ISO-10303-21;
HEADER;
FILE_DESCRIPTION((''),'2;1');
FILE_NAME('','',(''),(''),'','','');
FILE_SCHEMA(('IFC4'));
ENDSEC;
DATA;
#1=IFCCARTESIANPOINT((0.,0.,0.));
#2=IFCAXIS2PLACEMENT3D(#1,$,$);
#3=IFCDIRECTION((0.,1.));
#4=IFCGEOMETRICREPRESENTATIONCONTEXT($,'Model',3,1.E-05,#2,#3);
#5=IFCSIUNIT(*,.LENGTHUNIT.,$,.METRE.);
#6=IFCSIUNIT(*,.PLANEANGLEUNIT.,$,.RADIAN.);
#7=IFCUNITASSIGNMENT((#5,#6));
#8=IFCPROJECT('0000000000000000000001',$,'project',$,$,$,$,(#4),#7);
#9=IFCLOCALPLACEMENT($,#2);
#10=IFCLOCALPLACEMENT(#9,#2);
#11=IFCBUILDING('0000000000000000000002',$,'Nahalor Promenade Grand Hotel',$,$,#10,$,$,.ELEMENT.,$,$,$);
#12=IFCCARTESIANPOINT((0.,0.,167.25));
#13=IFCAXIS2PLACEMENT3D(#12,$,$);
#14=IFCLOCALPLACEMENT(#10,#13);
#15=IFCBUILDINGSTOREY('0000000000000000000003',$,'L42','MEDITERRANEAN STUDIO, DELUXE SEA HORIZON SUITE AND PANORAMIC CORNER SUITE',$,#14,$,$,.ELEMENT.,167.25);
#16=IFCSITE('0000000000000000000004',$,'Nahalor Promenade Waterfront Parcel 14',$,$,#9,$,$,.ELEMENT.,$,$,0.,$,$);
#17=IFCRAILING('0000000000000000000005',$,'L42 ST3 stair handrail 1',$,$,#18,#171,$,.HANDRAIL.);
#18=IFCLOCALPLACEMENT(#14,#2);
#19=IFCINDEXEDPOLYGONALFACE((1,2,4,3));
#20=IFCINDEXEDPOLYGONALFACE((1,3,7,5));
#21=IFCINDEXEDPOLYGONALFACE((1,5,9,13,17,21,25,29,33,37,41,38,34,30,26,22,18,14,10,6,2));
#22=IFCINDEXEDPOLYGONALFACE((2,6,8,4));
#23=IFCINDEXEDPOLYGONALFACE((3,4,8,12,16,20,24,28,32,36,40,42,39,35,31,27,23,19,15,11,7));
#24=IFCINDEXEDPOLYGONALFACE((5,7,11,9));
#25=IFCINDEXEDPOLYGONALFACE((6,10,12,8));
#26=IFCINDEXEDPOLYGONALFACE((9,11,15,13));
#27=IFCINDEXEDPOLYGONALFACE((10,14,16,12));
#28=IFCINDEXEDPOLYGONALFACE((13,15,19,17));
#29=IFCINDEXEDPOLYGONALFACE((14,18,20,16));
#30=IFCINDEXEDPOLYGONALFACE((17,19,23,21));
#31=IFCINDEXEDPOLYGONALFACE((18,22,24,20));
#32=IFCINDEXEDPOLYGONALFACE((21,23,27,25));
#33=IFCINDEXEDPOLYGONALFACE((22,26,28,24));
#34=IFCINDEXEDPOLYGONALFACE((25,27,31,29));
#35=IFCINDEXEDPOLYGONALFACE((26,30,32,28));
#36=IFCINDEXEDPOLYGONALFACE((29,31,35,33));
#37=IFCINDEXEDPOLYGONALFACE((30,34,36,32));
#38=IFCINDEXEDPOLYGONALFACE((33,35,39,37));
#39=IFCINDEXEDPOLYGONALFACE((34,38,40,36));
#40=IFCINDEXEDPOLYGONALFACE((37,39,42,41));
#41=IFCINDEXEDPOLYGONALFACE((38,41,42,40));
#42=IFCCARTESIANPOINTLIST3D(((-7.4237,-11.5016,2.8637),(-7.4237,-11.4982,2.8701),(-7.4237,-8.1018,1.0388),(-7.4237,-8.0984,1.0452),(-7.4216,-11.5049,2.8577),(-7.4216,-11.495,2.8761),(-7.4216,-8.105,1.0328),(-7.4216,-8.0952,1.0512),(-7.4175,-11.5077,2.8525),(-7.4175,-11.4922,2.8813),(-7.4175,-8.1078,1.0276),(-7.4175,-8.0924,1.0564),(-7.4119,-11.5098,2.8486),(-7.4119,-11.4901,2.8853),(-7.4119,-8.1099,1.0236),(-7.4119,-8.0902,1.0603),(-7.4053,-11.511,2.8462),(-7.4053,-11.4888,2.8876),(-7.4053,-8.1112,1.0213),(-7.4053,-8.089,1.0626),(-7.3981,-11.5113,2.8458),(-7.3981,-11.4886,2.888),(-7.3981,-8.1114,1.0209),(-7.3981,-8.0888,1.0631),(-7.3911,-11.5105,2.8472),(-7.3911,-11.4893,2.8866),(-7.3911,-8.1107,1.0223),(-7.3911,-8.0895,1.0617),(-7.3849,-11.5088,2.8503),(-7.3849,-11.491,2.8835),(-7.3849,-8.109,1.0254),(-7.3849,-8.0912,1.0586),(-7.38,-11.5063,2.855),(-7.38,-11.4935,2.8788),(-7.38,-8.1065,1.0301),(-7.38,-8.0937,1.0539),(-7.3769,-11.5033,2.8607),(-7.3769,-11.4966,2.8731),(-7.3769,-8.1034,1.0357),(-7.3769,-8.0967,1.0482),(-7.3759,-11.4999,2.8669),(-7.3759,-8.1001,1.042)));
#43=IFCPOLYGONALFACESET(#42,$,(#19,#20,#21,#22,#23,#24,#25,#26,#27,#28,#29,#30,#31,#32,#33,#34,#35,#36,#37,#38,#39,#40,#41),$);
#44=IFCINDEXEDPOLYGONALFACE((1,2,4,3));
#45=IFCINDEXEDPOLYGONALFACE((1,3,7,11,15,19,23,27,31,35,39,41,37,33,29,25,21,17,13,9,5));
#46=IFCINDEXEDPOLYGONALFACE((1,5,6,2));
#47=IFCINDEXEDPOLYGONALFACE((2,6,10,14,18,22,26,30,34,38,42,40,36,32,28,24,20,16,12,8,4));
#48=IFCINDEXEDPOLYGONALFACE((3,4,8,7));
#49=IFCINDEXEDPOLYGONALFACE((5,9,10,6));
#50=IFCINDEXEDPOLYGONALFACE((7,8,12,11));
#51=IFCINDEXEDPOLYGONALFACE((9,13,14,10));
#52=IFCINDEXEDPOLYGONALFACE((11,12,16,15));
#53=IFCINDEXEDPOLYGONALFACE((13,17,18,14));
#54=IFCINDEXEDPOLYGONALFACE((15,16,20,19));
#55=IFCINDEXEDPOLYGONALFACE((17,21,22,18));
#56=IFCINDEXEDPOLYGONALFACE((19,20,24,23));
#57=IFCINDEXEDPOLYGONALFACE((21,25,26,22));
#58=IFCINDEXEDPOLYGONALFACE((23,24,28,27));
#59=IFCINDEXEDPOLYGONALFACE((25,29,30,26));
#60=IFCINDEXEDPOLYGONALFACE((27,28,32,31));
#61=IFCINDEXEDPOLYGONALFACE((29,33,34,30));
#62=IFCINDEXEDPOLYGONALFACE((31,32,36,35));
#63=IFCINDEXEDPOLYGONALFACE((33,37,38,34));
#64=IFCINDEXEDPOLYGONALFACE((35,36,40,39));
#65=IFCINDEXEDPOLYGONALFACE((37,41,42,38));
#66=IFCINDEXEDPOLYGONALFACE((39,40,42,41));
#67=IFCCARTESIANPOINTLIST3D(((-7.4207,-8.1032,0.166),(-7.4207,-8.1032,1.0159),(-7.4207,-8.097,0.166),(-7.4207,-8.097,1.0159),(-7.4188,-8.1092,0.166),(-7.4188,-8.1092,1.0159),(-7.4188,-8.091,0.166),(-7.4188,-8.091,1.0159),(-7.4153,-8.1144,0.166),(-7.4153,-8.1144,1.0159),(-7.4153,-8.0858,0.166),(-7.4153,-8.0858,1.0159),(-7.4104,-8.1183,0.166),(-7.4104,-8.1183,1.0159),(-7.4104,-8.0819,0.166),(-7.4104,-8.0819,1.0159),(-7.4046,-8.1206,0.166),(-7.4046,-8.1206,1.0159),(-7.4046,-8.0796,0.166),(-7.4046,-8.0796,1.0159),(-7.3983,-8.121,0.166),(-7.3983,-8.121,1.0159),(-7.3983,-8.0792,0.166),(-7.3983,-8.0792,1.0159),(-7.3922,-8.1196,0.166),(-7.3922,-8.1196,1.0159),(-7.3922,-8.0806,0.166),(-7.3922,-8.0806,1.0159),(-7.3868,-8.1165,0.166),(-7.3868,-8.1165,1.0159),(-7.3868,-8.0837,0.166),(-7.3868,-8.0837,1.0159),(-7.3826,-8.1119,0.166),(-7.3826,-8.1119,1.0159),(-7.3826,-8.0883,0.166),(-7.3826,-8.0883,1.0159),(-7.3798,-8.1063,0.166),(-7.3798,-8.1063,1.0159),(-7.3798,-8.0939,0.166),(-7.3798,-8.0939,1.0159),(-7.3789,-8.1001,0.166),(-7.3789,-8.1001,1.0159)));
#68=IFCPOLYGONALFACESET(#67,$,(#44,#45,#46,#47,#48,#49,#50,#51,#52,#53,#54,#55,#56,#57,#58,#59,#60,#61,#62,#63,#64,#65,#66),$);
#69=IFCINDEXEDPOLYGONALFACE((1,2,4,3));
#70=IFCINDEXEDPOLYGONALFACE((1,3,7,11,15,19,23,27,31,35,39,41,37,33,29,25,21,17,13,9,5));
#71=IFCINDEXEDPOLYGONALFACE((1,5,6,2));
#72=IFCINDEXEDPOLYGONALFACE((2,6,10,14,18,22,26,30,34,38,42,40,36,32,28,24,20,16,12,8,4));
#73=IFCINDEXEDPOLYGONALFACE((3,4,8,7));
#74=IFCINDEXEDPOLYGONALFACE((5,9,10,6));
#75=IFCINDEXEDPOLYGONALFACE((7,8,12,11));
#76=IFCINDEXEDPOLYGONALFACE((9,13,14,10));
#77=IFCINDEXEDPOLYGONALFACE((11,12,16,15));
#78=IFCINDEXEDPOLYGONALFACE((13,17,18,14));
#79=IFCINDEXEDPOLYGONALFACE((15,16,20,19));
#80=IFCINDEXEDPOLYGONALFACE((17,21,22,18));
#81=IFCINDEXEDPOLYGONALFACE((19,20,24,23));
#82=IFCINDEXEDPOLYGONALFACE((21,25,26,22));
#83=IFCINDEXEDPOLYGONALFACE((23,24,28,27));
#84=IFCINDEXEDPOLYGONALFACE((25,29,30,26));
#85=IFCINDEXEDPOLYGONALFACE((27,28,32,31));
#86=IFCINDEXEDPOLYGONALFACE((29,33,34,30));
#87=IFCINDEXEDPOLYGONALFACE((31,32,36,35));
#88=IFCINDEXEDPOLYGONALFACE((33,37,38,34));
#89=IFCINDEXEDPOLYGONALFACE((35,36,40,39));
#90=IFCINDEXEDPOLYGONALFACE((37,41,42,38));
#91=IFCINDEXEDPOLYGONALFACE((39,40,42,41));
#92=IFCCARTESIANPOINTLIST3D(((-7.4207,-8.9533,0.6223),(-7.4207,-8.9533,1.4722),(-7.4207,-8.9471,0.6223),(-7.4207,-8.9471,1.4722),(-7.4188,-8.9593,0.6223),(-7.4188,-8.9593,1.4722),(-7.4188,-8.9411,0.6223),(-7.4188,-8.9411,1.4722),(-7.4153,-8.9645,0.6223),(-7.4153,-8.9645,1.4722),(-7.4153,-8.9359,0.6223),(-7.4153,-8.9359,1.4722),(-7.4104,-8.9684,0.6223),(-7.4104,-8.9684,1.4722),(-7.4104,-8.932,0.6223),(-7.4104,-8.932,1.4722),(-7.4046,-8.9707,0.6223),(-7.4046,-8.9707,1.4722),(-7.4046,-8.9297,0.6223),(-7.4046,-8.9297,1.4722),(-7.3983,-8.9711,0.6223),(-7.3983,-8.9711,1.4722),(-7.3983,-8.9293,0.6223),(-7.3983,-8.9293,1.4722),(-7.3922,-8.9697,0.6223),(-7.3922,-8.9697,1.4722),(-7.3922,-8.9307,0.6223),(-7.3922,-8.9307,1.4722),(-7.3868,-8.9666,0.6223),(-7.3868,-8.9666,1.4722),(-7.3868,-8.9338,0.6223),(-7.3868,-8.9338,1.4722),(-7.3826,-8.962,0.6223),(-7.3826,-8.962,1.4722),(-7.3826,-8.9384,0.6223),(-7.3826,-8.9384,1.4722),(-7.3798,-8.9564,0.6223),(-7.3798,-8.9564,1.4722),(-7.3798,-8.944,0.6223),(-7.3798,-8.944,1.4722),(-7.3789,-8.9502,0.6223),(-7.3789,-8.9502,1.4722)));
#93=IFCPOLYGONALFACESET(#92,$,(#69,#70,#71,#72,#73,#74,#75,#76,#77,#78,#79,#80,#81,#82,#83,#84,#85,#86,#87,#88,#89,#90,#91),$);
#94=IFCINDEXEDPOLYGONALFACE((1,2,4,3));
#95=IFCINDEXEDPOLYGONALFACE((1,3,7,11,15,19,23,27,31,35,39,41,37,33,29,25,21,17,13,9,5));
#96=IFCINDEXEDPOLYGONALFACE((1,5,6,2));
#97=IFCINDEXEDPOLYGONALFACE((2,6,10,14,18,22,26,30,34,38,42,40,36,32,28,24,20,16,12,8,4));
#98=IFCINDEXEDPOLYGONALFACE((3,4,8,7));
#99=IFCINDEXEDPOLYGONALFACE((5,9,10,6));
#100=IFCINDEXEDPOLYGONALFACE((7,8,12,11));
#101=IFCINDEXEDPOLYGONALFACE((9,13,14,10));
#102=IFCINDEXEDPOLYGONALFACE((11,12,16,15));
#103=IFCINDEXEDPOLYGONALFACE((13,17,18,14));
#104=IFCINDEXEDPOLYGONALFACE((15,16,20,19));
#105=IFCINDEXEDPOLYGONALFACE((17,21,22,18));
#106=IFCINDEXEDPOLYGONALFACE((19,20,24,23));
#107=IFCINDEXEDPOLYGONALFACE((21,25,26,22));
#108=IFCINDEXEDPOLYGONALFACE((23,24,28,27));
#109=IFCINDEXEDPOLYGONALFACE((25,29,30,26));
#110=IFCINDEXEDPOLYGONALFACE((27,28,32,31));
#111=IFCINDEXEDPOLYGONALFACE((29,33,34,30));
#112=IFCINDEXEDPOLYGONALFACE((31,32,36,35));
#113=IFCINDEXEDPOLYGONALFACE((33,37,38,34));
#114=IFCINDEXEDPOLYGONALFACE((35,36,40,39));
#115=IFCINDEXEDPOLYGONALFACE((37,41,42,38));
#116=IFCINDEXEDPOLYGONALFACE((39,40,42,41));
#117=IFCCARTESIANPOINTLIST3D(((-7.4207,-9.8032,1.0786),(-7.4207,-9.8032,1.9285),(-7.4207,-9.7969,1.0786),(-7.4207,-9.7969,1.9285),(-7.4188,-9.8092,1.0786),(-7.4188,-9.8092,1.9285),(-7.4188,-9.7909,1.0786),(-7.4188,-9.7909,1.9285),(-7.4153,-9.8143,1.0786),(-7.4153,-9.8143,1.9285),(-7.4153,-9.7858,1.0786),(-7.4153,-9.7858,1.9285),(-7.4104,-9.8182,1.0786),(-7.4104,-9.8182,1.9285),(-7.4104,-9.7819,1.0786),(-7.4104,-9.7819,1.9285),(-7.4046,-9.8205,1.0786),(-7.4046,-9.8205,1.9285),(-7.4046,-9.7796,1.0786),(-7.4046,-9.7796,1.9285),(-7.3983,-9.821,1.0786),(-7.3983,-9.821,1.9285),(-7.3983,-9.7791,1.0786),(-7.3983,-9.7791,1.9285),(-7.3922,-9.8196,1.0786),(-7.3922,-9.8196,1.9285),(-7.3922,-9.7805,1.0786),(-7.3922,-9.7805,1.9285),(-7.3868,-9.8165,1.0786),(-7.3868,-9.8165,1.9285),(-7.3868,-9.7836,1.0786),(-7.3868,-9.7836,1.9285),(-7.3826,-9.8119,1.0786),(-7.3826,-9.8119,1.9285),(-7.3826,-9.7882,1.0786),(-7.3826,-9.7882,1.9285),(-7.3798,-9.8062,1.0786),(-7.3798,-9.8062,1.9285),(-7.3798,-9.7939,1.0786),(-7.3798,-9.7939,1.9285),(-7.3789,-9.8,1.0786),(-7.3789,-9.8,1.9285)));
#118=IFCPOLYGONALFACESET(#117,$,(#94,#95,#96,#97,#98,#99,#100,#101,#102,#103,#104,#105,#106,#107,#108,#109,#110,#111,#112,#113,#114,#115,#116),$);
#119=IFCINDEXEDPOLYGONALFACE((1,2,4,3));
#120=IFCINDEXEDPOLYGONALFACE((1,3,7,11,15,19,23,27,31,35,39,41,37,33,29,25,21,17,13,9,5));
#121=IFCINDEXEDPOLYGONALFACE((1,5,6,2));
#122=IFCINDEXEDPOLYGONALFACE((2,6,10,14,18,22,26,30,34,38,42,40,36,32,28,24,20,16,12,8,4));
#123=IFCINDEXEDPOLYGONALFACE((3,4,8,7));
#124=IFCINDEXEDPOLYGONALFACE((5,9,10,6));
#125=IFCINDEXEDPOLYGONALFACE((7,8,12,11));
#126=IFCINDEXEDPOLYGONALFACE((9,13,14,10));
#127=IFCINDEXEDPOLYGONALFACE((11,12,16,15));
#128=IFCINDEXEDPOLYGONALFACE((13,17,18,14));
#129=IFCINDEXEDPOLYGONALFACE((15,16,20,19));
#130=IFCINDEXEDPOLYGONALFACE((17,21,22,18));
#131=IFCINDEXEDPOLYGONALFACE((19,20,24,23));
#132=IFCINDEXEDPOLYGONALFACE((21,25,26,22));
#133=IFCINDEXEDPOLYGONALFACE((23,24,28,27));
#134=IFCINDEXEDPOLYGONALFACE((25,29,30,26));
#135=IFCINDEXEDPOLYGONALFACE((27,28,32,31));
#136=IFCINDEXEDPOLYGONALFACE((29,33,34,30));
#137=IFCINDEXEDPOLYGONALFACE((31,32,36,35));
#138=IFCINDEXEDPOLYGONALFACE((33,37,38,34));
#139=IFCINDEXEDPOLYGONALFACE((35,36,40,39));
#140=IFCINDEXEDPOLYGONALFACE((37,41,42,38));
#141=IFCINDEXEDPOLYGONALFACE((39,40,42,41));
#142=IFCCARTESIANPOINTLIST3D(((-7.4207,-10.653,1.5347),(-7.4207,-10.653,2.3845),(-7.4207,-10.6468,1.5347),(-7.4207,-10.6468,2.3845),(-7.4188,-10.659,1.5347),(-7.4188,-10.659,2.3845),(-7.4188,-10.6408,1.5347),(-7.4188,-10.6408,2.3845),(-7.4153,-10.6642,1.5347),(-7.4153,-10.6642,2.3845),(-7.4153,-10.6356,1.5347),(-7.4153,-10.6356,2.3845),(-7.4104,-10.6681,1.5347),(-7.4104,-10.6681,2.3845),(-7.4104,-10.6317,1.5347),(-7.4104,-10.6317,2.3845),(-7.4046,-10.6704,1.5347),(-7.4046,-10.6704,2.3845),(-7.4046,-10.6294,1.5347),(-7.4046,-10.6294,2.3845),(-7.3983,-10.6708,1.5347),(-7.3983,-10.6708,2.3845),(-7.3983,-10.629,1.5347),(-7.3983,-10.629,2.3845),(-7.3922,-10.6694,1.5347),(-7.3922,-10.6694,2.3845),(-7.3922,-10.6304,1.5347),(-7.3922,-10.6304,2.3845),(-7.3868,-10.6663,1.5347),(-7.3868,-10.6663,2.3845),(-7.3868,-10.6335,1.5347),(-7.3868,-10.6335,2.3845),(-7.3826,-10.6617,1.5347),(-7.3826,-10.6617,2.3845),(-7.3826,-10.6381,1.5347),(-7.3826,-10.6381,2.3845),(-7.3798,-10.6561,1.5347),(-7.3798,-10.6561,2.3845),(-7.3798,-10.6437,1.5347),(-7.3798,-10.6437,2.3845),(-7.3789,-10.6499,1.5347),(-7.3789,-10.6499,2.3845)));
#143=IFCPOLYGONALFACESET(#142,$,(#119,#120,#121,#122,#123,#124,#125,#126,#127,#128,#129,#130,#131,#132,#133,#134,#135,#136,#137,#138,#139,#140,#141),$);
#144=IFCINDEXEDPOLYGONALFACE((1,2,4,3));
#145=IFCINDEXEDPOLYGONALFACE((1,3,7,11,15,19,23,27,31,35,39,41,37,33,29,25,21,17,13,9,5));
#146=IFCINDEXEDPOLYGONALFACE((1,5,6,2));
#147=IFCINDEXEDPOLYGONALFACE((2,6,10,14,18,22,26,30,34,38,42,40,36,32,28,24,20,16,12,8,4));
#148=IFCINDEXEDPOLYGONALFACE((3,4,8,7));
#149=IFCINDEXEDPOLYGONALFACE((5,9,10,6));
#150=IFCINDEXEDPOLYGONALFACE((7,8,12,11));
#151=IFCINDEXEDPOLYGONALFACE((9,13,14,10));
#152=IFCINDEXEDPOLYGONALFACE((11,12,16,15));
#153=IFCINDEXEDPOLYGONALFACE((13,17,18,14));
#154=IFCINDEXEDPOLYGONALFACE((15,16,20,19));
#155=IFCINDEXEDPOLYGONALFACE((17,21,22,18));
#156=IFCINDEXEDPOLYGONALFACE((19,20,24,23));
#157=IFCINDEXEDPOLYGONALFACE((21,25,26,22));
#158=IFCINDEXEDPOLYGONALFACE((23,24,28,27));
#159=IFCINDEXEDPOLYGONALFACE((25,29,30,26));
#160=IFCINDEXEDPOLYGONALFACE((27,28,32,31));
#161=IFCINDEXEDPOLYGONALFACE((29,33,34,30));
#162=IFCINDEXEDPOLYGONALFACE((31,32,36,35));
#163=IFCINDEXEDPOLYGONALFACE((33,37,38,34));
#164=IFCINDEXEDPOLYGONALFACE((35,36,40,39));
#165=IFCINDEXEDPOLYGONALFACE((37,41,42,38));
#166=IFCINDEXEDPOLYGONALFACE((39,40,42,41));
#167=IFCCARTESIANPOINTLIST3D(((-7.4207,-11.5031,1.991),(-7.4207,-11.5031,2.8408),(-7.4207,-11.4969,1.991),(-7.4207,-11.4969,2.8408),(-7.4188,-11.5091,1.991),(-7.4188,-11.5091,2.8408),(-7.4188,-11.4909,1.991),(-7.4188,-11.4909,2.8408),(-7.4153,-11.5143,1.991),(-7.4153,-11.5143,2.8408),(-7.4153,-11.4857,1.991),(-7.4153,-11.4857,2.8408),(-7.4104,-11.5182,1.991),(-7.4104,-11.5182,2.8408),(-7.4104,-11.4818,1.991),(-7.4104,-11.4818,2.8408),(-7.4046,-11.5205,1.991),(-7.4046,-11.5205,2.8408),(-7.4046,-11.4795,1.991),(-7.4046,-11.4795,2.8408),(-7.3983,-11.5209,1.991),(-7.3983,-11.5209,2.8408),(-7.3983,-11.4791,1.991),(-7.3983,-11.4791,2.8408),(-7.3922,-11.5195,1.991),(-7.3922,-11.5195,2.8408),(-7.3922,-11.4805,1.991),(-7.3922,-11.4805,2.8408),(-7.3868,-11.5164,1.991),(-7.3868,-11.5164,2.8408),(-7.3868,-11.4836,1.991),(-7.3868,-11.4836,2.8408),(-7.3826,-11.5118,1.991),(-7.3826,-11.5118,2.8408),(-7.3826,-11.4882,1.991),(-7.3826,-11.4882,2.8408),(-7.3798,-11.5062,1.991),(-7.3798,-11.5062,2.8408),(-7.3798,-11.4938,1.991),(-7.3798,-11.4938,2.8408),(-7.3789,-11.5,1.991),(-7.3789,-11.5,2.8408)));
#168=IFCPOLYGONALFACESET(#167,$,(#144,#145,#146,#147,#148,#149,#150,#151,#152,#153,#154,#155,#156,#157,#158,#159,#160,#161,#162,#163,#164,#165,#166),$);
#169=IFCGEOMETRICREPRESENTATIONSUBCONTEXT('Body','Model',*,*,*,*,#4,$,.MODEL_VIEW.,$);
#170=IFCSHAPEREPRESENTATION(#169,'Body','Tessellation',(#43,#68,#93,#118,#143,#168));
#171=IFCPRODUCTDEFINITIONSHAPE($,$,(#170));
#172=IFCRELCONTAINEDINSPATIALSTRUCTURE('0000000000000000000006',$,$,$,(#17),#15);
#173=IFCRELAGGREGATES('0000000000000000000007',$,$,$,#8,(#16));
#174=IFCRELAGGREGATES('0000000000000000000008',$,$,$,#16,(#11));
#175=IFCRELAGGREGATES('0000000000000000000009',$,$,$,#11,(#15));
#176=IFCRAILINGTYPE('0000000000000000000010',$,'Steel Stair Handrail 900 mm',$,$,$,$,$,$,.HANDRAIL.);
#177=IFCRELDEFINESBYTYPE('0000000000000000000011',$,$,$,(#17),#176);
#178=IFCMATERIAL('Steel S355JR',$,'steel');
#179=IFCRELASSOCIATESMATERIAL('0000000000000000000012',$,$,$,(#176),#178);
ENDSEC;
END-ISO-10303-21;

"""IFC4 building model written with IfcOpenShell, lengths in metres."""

from ifc_helpers import new_model, si_unit, direction, frame, origin, origin_2d, place, context, subcontext, project, spatial, circle, extrude, material, type_object, element, save


model = new_model("IFC4")

# Units and contexts
model_context = context("Model", 3, precision=1e-05, world=origin(), true_north=direction((0.0, 1.0)))
body_context = subcontext(model_context, "Body", "Model", "MODEL_VIEW")
ifc_project = project(units=[si_unit("LENGTHUNIT", "METRE"), si_unit("PLANEANGLEUNIT", "RADIAN")], contexts=[model_context])

# Site, building, storey
site_placement = place(None, origin())
site = spatial("IfcSite", under=ifc_project, at=site_placement, Name="Nahalor Promenade Waterfront Parcel 14", CompositionType="ELEMENT", RefElevation=0.0)
building_placement = place(site_placement, origin())
building = spatial("IfcBuilding", under=site, at=building_placement, Name="Nahalor Promenade Grand Hotel", CompositionType="ELEMENT")
storey_placement = place(building_placement, frame((0.0, 0.0, 167.25)))
storey = spatial("IfcBuildingStorey", under=building, at=storey_placement, Name="L42", Description="MEDITERRANEAN STUDIO, DELUXE SEA HORIZON SUITE AND PANORAMIC CORNER SUITE", CompositionType="ELEMENT", Elevation=167.25)

# Shared definitions
ifc_material_1 = material(Name="Steel S355JR", Category="steel")

# Railing
railing_type_1 = type_object("IfcRailingType", Name="Steel Stair Handrail 900 mm", PredefinedType="HANDRAIL", material=ifc_material_1)
railing_1_placement = place(storey_placement, frame((-7.3999, -8.1001, 0.166)))
element("IfcRailing", 1, at=railing_1_placement, inside=storey, type_object=railing_type_1, Name="L42 ST3 stair handrail 1", PredefinedType="HANDRAIL", context=body_context, shape_type="SweptSolid", body=[
    extrude(circle(Radius=0.024, at=origin_2d()), frame((0.0, 0.0, 0.876), z_axis=(0.0, -0.881094, 0.472941), x_axis=(1.0, 0.0, 0.0)), (0.0, 0.0, 1.0), 3.8586),
    extrude(circle(Radius=0.021, at=origin_2d()), origin(), (0.0, 0.0, 1.0), 0.8499),
    extrude(circle(Radius=0.021, at=origin_2d()), frame((0.0, -0.8501, 0.4563)), (0.0, 0.0, 1.0), 0.8499),
    extrude(circle(Radius=0.021, at=origin_2d()), frame((0.0, -1.7, 0.9126)), (0.0, 0.0, 1.0), 0.8499),
    extrude(circle(Radius=0.021, at=origin_2d()), frame((0.0, -2.5498, 1.3687)), (0.0, 0.0, 1.0), 0.8499),
    extrude(circle(Radius=0.021, at=origin_2d()), frame((0.0, -3.3999, 1.825)), (0.0, 0.0, 1.0), 0.8499),
])

save(model, "model.ifc")
